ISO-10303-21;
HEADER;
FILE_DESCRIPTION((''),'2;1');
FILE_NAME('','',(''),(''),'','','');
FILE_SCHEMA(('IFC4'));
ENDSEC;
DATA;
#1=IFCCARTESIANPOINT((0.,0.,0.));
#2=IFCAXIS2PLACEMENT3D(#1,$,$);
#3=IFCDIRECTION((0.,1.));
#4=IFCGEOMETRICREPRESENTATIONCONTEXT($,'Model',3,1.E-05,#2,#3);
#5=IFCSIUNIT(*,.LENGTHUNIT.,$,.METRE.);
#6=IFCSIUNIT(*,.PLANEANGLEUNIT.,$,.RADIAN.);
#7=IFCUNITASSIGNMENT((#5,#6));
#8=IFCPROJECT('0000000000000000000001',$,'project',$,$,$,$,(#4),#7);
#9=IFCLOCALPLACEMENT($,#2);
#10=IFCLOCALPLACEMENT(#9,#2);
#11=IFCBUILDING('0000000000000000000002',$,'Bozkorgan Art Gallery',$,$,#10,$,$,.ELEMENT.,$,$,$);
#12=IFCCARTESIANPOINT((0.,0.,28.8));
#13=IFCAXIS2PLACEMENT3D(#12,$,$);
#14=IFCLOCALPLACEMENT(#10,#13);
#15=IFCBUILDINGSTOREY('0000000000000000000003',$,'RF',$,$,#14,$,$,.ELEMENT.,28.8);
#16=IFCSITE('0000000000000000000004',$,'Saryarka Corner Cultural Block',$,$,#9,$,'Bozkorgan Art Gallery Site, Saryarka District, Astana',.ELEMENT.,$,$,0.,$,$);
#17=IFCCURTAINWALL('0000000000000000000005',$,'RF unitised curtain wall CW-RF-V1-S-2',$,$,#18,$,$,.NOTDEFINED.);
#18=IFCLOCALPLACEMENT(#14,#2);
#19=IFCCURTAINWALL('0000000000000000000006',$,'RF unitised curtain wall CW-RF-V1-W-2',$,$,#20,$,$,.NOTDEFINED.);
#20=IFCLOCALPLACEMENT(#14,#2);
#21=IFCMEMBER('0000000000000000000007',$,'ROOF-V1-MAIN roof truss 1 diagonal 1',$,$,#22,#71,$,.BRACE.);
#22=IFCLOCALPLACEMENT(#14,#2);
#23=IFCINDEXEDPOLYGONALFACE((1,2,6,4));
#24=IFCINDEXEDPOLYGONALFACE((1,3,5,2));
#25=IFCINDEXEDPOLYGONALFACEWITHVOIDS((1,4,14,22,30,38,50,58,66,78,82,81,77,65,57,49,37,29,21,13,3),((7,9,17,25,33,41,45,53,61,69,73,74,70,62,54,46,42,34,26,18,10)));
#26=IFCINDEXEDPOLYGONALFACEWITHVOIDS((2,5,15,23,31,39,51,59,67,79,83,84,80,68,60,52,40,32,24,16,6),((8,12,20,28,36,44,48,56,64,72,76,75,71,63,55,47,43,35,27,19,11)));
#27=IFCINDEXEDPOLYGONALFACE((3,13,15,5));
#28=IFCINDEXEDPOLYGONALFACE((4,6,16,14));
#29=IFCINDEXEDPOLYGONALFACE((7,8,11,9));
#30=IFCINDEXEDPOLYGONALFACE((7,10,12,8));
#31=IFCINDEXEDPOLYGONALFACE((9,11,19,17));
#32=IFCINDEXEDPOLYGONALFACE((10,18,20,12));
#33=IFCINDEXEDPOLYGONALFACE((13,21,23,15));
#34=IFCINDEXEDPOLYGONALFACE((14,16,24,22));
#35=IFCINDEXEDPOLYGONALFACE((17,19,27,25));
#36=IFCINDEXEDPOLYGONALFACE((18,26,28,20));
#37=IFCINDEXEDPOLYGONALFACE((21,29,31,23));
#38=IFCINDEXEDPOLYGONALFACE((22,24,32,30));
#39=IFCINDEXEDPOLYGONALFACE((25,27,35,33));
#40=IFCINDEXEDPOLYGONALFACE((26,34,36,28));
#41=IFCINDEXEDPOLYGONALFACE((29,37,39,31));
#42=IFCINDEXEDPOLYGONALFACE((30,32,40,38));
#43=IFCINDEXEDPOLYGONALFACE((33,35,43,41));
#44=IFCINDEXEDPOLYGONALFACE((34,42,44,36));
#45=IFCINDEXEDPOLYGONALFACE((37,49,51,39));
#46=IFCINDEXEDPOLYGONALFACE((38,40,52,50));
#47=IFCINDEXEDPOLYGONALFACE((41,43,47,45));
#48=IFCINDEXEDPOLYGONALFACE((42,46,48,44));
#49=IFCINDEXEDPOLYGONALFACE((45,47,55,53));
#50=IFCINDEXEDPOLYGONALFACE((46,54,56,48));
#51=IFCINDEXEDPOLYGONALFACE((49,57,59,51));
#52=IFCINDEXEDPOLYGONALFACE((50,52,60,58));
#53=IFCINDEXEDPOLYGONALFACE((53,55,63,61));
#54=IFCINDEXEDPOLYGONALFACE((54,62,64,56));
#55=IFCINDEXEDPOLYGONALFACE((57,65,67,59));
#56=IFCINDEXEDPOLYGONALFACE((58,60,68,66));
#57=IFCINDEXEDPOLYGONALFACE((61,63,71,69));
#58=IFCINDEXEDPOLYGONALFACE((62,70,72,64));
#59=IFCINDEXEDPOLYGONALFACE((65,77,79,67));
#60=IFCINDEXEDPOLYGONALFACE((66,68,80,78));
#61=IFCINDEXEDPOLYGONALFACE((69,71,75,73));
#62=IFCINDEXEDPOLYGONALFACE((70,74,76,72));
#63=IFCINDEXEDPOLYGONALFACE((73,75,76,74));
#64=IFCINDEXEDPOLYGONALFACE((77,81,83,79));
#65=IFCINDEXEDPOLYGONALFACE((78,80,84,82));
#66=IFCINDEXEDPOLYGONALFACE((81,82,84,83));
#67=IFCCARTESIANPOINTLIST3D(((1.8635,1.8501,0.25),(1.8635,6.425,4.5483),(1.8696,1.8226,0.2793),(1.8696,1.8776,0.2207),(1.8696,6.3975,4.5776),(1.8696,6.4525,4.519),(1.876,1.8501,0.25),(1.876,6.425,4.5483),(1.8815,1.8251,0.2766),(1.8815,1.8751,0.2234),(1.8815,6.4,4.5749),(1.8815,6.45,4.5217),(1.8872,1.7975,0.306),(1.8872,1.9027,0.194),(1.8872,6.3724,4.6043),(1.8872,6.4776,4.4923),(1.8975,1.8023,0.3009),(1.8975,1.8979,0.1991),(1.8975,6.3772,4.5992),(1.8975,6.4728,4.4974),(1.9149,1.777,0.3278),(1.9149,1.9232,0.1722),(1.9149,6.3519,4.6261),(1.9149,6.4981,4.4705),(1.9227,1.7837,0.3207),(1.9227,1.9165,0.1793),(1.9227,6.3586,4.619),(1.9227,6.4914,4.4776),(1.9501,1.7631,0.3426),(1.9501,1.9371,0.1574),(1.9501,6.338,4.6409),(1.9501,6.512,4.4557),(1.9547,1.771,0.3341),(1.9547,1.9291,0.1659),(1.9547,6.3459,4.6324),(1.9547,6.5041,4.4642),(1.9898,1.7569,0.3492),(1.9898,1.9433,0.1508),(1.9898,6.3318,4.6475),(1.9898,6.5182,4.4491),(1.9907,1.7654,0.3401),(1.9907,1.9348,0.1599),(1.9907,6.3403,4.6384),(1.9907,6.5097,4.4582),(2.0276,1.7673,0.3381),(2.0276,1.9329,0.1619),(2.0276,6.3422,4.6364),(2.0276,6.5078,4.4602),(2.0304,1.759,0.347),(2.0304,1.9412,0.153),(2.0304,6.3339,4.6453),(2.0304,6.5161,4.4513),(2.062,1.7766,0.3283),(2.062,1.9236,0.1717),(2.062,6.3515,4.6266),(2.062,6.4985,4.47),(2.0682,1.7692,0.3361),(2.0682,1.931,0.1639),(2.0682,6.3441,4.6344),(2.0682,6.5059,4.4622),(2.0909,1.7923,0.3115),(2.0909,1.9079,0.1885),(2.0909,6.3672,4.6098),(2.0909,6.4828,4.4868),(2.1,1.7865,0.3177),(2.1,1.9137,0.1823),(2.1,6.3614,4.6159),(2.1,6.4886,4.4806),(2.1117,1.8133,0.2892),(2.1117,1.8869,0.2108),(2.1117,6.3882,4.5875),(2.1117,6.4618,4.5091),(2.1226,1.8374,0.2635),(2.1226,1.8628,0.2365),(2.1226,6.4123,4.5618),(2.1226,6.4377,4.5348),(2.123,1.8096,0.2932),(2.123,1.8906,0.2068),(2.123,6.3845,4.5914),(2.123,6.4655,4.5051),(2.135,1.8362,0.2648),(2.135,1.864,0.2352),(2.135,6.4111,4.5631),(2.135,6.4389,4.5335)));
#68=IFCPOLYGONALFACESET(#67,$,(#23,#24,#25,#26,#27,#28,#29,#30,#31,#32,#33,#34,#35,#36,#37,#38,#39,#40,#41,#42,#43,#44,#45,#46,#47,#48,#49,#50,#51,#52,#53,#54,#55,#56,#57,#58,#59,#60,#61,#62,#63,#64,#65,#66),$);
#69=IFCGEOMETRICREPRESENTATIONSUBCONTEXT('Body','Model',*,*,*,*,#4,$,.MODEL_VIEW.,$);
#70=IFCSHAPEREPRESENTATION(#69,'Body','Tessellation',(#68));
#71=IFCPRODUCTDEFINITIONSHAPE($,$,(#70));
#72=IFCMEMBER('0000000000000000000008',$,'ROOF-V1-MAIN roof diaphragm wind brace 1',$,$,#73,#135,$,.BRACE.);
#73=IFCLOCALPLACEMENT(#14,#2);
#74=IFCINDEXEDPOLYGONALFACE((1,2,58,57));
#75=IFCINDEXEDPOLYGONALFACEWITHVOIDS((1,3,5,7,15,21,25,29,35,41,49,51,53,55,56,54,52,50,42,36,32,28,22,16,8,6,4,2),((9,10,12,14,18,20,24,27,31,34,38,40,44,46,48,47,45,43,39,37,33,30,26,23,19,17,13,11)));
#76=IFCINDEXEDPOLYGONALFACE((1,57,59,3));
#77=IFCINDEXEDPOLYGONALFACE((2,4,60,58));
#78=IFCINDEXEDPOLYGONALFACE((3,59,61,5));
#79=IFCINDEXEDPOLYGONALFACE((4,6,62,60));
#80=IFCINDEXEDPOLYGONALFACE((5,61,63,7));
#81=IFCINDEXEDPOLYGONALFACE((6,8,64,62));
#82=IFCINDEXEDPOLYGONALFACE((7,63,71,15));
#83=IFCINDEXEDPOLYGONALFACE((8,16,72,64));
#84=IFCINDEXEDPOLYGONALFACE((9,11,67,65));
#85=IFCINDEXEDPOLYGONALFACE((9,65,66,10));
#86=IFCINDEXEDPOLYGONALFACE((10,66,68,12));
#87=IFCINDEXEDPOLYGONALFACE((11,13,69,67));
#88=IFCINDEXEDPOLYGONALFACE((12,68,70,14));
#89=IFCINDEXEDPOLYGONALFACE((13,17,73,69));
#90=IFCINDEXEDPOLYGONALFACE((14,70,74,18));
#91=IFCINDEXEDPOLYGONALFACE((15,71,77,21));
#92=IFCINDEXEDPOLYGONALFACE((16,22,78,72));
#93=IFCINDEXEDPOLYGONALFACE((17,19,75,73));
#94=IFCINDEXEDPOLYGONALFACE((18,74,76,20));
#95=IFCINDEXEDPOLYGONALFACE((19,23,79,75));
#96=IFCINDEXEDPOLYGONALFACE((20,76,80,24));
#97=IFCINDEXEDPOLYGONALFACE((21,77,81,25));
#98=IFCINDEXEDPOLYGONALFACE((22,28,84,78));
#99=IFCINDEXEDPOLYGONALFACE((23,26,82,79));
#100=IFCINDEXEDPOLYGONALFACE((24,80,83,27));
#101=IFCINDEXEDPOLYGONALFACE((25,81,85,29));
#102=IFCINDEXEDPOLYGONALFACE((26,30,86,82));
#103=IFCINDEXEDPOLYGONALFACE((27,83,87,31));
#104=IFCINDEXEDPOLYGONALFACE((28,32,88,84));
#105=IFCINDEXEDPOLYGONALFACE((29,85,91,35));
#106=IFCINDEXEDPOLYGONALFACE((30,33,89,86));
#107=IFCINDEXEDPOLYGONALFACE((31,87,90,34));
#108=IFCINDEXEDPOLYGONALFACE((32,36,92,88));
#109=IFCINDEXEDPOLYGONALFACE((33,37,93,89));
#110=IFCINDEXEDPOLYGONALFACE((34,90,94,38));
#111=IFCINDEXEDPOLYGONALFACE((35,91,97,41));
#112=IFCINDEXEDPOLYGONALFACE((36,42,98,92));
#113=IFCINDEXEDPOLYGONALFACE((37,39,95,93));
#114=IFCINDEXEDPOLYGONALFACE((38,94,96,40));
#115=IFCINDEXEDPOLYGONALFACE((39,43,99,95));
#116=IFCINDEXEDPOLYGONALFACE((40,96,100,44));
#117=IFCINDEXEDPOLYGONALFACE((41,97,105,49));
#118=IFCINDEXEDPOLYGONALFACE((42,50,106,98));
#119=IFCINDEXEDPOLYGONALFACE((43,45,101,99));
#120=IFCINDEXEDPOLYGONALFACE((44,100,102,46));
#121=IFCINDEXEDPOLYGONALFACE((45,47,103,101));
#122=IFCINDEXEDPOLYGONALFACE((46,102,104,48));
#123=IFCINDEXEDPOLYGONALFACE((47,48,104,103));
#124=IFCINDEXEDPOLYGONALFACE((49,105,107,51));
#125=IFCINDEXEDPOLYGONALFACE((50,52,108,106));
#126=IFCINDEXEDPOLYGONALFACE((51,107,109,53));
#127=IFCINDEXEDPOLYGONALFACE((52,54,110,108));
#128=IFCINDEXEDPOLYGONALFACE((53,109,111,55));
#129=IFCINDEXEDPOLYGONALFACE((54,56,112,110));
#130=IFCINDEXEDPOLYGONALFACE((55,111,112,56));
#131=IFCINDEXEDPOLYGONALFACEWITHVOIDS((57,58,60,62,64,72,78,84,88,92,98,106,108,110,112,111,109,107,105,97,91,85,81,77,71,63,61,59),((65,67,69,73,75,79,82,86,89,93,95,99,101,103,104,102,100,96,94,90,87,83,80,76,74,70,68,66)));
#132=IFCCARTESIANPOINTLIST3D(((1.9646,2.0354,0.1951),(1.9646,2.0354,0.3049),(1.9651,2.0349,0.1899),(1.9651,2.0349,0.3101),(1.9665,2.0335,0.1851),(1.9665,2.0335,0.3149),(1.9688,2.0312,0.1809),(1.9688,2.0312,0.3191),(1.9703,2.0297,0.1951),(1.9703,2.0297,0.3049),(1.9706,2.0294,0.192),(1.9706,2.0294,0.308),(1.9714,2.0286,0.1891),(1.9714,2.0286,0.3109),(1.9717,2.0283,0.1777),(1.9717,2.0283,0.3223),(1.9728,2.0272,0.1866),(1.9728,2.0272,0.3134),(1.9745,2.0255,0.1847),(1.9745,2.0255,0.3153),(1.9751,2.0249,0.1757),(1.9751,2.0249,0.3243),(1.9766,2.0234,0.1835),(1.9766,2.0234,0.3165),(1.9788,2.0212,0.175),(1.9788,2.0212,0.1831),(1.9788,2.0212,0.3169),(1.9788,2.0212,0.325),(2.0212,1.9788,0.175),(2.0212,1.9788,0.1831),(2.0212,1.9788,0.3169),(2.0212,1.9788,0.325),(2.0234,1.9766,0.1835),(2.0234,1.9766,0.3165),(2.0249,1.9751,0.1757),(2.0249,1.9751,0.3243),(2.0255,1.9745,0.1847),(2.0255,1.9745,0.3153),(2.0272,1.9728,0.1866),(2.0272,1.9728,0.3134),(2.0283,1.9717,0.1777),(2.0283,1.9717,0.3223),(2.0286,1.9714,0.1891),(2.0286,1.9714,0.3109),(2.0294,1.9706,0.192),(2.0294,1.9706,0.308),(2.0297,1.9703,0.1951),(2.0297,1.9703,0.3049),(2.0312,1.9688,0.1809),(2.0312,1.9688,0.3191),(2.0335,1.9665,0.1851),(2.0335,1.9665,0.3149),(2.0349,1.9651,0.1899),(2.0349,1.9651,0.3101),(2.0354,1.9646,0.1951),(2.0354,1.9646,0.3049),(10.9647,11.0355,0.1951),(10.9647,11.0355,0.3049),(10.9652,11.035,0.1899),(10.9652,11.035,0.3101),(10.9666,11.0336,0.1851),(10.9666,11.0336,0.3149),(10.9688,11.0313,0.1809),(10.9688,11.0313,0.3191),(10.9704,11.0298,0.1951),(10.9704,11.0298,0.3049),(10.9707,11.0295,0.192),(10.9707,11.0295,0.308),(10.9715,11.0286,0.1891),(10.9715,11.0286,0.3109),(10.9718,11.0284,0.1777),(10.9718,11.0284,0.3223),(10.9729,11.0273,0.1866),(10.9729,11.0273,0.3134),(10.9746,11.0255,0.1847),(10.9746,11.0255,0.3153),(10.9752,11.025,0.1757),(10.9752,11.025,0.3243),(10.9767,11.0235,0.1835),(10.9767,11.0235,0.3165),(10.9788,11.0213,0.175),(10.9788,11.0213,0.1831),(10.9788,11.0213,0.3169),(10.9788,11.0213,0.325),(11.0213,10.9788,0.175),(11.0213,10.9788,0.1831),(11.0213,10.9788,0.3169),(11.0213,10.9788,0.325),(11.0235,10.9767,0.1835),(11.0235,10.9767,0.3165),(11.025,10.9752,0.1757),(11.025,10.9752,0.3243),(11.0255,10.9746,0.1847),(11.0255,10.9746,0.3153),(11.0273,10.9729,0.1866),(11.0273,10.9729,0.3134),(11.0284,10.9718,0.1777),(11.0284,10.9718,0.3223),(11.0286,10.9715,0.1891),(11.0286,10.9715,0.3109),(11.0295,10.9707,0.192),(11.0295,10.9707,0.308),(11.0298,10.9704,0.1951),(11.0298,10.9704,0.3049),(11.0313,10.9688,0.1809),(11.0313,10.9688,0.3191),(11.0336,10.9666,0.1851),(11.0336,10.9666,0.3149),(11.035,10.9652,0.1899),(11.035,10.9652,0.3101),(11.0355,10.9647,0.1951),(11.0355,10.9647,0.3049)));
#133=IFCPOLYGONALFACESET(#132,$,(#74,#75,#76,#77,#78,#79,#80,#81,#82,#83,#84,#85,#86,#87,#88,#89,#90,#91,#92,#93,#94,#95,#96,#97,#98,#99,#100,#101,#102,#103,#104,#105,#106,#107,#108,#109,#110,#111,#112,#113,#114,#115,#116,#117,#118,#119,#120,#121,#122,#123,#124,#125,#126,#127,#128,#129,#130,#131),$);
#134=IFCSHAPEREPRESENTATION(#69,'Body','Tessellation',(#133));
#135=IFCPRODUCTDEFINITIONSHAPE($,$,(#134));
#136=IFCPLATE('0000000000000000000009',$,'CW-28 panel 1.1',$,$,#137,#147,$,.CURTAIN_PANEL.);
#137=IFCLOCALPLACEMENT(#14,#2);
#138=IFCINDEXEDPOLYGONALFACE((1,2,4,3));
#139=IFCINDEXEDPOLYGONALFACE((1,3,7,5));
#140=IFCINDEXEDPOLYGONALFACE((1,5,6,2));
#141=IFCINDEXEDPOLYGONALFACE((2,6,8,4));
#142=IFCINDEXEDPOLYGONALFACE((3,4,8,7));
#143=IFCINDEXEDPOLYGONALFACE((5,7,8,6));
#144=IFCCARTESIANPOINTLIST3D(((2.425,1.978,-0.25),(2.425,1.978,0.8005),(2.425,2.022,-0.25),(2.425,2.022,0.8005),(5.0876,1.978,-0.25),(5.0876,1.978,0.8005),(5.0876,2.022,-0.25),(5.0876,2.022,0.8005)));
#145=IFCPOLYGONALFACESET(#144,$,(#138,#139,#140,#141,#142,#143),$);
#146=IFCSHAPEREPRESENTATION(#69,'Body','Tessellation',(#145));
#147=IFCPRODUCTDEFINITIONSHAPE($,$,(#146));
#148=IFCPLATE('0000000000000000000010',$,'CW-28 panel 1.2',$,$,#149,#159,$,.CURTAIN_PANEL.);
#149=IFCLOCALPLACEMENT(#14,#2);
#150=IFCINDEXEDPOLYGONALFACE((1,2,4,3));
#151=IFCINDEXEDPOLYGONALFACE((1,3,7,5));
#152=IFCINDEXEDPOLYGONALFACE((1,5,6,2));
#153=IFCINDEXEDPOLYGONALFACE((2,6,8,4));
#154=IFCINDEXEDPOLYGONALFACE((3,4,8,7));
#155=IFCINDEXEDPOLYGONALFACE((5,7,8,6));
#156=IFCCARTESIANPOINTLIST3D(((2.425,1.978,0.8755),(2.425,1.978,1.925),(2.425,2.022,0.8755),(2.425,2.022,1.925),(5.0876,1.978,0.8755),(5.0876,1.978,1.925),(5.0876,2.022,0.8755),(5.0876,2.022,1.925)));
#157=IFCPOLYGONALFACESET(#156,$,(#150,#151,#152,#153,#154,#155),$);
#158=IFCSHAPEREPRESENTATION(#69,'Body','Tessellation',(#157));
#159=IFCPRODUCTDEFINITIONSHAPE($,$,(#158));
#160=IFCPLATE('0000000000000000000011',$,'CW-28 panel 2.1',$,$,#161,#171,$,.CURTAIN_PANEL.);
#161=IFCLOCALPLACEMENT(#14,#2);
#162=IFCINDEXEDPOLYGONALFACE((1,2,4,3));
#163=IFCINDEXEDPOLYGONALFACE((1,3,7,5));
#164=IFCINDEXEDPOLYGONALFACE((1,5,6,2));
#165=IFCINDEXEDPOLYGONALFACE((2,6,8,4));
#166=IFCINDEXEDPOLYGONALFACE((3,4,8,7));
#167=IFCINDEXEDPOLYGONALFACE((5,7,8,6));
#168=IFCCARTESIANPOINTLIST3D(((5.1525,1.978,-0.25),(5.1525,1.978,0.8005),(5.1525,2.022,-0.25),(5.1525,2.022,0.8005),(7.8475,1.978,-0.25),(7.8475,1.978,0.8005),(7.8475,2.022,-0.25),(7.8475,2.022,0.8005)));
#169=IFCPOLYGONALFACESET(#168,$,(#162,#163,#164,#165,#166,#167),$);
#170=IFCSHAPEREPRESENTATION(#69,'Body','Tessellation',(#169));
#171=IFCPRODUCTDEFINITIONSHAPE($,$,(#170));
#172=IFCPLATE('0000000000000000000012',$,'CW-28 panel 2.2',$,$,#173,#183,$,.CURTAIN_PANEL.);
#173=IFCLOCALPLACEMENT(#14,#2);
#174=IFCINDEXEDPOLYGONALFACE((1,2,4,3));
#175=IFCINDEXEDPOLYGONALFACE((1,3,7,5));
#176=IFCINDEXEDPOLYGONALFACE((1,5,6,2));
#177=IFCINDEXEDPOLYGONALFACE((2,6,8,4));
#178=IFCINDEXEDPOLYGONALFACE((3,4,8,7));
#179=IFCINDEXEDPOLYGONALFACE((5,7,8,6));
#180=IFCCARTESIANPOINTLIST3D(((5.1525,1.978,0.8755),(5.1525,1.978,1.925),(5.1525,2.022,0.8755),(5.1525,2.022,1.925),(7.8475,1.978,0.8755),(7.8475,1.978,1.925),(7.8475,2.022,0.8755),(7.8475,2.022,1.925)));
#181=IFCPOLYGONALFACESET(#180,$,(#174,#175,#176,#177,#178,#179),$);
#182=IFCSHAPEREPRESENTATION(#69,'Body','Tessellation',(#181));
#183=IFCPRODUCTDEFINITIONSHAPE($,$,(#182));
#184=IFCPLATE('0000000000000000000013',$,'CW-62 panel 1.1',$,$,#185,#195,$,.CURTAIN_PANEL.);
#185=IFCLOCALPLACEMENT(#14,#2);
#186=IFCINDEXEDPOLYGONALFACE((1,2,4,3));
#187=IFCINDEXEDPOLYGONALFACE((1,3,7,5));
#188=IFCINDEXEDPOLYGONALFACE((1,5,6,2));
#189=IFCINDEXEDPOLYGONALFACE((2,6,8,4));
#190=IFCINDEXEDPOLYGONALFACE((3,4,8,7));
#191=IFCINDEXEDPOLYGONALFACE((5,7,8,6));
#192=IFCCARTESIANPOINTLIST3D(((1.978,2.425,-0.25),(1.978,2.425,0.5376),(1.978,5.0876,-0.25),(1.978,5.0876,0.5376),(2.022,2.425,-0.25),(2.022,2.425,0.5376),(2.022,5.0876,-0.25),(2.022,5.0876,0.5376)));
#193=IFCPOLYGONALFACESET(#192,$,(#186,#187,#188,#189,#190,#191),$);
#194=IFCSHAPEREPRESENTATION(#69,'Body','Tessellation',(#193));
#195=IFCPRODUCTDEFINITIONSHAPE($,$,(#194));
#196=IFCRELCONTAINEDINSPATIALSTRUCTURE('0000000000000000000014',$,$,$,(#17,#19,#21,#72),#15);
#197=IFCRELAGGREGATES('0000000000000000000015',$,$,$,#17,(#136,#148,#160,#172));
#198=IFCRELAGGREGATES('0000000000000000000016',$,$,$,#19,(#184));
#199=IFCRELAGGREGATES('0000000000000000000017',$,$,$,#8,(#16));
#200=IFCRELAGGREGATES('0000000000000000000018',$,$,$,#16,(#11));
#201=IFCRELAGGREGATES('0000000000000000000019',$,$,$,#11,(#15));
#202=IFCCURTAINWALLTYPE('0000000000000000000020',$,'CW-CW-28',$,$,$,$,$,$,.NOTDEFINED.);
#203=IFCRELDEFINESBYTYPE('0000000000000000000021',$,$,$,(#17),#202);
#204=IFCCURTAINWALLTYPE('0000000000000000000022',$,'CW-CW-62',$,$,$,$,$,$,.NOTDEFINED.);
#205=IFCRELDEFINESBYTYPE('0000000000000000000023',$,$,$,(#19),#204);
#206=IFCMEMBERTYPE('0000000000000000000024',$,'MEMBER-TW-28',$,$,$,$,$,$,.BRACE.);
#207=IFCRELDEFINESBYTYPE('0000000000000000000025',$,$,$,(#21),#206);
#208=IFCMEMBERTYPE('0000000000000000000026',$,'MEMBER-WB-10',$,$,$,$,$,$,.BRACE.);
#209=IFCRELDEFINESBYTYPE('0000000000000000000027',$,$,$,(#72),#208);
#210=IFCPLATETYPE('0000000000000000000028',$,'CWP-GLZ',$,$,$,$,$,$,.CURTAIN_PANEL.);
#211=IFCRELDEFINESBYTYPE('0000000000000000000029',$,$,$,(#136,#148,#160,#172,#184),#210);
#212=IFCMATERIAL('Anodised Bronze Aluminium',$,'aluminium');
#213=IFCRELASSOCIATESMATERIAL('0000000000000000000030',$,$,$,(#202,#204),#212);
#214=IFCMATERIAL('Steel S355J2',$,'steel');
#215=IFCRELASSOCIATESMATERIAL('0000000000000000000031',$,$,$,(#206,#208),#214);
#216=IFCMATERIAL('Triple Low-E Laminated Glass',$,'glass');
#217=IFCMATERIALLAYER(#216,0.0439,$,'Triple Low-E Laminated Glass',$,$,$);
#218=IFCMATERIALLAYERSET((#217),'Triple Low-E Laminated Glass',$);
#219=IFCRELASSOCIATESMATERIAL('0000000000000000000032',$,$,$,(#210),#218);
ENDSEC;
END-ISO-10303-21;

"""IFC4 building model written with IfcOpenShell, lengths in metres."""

from ifc_helpers import new_model, si_unit, direction, frame, origin, origin_2d, place, context, subcontext, project, spatial, rectangle, hollow_rectangle, hollow_circle, extrude, material, layer, layer_set, material_profile, profile_set, type_object, element, aggregate, save


model = new_model("IFC4")

# Units and contexts
model_context = context("Model", 3, precision=1e-05, world=origin(), true_north=direction((0.0, 1.0)))
body_context = subcontext(model_context, "Body", "Model", "MODEL_VIEW")
ifc_project = project(units=[si_unit("LENGTHUNIT", "METRE"), si_unit("PLANEANGLEUNIT", "RADIAN")], contexts=[model_context])

# Site, building, storey
site_placement = place(None, origin())
site = spatial("IfcSite", under=ifc_project, at=site_placement, Name="Saryarka Corner Cultural Block", LongName="Bozkorgan Art Gallery Site, Saryarka District, Astana", CompositionType="ELEMENT", RefElevation=0.0)
building_placement = place(site_placement, origin())
building = spatial("IfcBuilding", under=site, at=building_placement, Name="Bozkorgan Art Gallery", CompositionType="ELEMENT")
storey_placement = place(building_placement, frame((0.0, 0.0, 28.8)))
storey = spatial("IfcBuildingStorey", under=building, at=storey_placement, Name="RF", CompositionType="ELEMENT", Elevation=28.8)

# Shared definitions
ifc_material_1 = material(Name="Steel S355J2", Category="steel")

# Curtain walls
ifc_material_2 = material(Name="Anodised Bronze Aluminium", Category="aluminium")
curtain_wall_type_1 = type_object("IfcCurtainWallType", Name="CW-CW-28", PredefinedType="NOTDEFINED", material=ifc_material_2)
curtain_wall_1_placement = place(storey_placement, origin())
curtain_wall_1 = element("IfcCurtainWall", 1, at=curtain_wall_1_placement, inside=storey, type_object=curtain_wall_type_1, Name="RF unitised curtain wall CW-RF-V1-S-2", PredefinedType="NOTDEFINED")
curtain_wall_type_2 = type_object("IfcCurtainWallType", Name="CW-CW-62", PredefinedType="NOTDEFINED", material=ifc_material_2)
curtain_wall_2_placement = place(storey_placement, origin())
curtain_wall_2 = element("IfcCurtainWall", 2, at=curtain_wall_2_placement, inside=storey, type_object=curtain_wall_type_2, Name="RF unitised curtain wall CW-RF-V1-W-2", PredefinedType="NOTDEFINED")

# Members
ifc_material_profile_1 = material_profile(ifc_material_1, hollow_circle(Radius=0.1365, WallThickness=0.0125, at=origin_2d()), Name="CHS 273x12.5")
ifc_profile_set_1 = profile_set([ifc_material_profile_1], Name="Steel S355J2")
member_type_1 = type_object("IfcMemberType", Name="MEMBER-TW-28", PredefinedType="BRACE", material=ifc_profile_set_1)
member_1_placement = place(storey_placement, frame((2.0, 1.8501, 0.25), z_axis=(0.0, 0.728796, 0.684731), x_axis=(-1.0, 0.0, 0.0)))
element("IfcMember", 3, at=member_1_placement, inside=storey, type_object=member_type_1, Name="ROOF-V1-MAIN roof truss 1 diagonal 1", PredefinedType="BRACE", context=body_context, shape_type="SweptSolid", body=[
    extrude(hollow_circle(Radius=0.1365, WallThickness=0.0125, at=origin_2d()), origin(), (0.0, 0.0, 1.0), 6.2773),
])
ifc_material_profile_2 = material_profile(ifc_material_1, hollow_rectangle(XDim=0.1001, YDim=0.1499, WallThickness=0.0081, InnerFilletRadius=0.012, OuterFilletRadius=0.02, at=origin_2d()), Name="RHS 150x100x8")
ifc_profile_set_2 = profile_set([ifc_material_profile_2], Name="Steel S355J2")
member_type_2 = type_object("IfcMemberType", Name="MEMBER-WB-10", PredefinedType="BRACE", material=ifc_profile_set_2)
member_2_placement = place(storey_placement, frame((2.0, 2.0, 0.25), z_axis=(0.707107, 0.707107, 0.0), x_axis=(-0.707107, 0.707107, 0.0)))
element("IfcMember", 4, at=member_2_placement, inside=storey, type_object=member_type_2, Name="ROOF-V1-MAIN roof diaphragm wind brace 1", PredefinedType="BRACE", context=body_context, shape_type="SweptSolid", body=[
    extrude(hollow_rectangle(XDim=0.1001, YDim=0.1499, WallThickness=0.0081, InnerFilletRadius=0.012, OuterFilletRadius=0.02, at=origin_2d()), origin(), (0.0, 0.0, 1.0), 12.728),
])

# Plates
ifc_material_3 = material(Name="Triple Low-E Laminated Glass", Category="glass")
ifc_layer_1 = layer(ifc_material_3, 0.0439, Name="Triple Low-E Laminated Glass")
ifc_layer_set_1 = layer_set([ifc_layer_1], Name="Triple Low-E Laminated Glass")
plate_type_1 = type_object("IfcPlateType", Name="CWP-GLZ", PredefinedType="CURTAIN_PANEL", material=ifc_layer_set_1)
plate_1_placement = place(storey_placement, frame((3.7563, 2.0, -0.25), z_axis=(0.0, 0.0, 1.0), x_axis=(1.0, 0.0, 0.0)))
plate_1 = element("IfcPlate", 5, at=plate_1_placement, type_object=plate_type_1, Name="CW-28 panel 1.1", PredefinedType="CURTAIN_PANEL", context=body_context, shape_type="SweptSolid", body=[
    extrude(rectangle(XDim=2.6626, YDim=0.0439, at=origin_2d()), origin(), (0.0, 0.0, 1.0), 1.0505),
])
plate_2_placement = place(storey_placement, frame((3.7563, 2.0, 0.8755), z_axis=(0.0, 0.0, 1.0), x_axis=(1.0, 0.0, 0.0)))
plate_2 = element("IfcPlate", 6, at=plate_2_placement, type_object=plate_type_1, Name="CW-28 panel 1.2", PredefinedType="CURTAIN_PANEL", context=body_context, shape_type="SweptSolid", body=[
    extrude(rectangle(XDim=2.6626, YDim=0.0439, at=origin_2d()), origin(), (0.0, 0.0, 1.0), 1.0496),
])
plate_3_placement = place(storey_placement, frame((6.5, 2.0, -0.25), z_axis=(0.0, 0.0, 1.0), x_axis=(1.0, 0.0, 0.0)))
plate_3 = element("IfcPlate", 7, at=plate_3_placement, type_object=plate_type_1, Name="CW-28 panel 2.1", PredefinedType="CURTAIN_PANEL", context=body_context, shape_type="SweptSolid", body=[
    extrude(rectangle(XDim=2.6951, YDim=0.0439, at=origin_2d()), origin(), (0.0, 0.0, 1.0), 1.0505),
])
plate_4_placement = place(storey_placement, frame((6.5, 2.0, 0.8755), z_axis=(0.0, 0.0, 1.0), x_axis=(1.0, 0.0, 0.0)))
plate_4 = element("IfcPlate", 8, at=plate_4_placement, type_object=plate_type_1, Name="CW-28 panel 2.2", PredefinedType="CURTAIN_PANEL", context=body_context, shape_type="SweptSolid", body=[
    extrude(rectangle(XDim=2.6951, YDim=0.0439, at=origin_2d()), origin(), (0.0, 0.0, 1.0), 1.0496),
])
aggregate(curtain_wall_1, [plate_1, plate_2, plate_3, plate_4])
plate_5_placement = place(storey_placement, frame((2.0, 3.7563, -0.25), z_axis=(0.0, 0.0, 1.0), x_axis=(0.0, 1.0, 0.0)))
plate_5 = element("IfcPlate", 9, at=plate_5_placement, type_object=plate_type_1, Name="CW-62 panel 1.1", PredefinedType="CURTAIN_PANEL", context=body_context, shape_type="SweptSolid", body=[
    extrude(rectangle(XDim=2.6626, YDim=0.0439, at=origin_2d()), origin(), (0.0, 0.0, 1.0), 0.7876),
])
aggregate(curtain_wall_2, [plate_5])

save(model, "model.ifc")
